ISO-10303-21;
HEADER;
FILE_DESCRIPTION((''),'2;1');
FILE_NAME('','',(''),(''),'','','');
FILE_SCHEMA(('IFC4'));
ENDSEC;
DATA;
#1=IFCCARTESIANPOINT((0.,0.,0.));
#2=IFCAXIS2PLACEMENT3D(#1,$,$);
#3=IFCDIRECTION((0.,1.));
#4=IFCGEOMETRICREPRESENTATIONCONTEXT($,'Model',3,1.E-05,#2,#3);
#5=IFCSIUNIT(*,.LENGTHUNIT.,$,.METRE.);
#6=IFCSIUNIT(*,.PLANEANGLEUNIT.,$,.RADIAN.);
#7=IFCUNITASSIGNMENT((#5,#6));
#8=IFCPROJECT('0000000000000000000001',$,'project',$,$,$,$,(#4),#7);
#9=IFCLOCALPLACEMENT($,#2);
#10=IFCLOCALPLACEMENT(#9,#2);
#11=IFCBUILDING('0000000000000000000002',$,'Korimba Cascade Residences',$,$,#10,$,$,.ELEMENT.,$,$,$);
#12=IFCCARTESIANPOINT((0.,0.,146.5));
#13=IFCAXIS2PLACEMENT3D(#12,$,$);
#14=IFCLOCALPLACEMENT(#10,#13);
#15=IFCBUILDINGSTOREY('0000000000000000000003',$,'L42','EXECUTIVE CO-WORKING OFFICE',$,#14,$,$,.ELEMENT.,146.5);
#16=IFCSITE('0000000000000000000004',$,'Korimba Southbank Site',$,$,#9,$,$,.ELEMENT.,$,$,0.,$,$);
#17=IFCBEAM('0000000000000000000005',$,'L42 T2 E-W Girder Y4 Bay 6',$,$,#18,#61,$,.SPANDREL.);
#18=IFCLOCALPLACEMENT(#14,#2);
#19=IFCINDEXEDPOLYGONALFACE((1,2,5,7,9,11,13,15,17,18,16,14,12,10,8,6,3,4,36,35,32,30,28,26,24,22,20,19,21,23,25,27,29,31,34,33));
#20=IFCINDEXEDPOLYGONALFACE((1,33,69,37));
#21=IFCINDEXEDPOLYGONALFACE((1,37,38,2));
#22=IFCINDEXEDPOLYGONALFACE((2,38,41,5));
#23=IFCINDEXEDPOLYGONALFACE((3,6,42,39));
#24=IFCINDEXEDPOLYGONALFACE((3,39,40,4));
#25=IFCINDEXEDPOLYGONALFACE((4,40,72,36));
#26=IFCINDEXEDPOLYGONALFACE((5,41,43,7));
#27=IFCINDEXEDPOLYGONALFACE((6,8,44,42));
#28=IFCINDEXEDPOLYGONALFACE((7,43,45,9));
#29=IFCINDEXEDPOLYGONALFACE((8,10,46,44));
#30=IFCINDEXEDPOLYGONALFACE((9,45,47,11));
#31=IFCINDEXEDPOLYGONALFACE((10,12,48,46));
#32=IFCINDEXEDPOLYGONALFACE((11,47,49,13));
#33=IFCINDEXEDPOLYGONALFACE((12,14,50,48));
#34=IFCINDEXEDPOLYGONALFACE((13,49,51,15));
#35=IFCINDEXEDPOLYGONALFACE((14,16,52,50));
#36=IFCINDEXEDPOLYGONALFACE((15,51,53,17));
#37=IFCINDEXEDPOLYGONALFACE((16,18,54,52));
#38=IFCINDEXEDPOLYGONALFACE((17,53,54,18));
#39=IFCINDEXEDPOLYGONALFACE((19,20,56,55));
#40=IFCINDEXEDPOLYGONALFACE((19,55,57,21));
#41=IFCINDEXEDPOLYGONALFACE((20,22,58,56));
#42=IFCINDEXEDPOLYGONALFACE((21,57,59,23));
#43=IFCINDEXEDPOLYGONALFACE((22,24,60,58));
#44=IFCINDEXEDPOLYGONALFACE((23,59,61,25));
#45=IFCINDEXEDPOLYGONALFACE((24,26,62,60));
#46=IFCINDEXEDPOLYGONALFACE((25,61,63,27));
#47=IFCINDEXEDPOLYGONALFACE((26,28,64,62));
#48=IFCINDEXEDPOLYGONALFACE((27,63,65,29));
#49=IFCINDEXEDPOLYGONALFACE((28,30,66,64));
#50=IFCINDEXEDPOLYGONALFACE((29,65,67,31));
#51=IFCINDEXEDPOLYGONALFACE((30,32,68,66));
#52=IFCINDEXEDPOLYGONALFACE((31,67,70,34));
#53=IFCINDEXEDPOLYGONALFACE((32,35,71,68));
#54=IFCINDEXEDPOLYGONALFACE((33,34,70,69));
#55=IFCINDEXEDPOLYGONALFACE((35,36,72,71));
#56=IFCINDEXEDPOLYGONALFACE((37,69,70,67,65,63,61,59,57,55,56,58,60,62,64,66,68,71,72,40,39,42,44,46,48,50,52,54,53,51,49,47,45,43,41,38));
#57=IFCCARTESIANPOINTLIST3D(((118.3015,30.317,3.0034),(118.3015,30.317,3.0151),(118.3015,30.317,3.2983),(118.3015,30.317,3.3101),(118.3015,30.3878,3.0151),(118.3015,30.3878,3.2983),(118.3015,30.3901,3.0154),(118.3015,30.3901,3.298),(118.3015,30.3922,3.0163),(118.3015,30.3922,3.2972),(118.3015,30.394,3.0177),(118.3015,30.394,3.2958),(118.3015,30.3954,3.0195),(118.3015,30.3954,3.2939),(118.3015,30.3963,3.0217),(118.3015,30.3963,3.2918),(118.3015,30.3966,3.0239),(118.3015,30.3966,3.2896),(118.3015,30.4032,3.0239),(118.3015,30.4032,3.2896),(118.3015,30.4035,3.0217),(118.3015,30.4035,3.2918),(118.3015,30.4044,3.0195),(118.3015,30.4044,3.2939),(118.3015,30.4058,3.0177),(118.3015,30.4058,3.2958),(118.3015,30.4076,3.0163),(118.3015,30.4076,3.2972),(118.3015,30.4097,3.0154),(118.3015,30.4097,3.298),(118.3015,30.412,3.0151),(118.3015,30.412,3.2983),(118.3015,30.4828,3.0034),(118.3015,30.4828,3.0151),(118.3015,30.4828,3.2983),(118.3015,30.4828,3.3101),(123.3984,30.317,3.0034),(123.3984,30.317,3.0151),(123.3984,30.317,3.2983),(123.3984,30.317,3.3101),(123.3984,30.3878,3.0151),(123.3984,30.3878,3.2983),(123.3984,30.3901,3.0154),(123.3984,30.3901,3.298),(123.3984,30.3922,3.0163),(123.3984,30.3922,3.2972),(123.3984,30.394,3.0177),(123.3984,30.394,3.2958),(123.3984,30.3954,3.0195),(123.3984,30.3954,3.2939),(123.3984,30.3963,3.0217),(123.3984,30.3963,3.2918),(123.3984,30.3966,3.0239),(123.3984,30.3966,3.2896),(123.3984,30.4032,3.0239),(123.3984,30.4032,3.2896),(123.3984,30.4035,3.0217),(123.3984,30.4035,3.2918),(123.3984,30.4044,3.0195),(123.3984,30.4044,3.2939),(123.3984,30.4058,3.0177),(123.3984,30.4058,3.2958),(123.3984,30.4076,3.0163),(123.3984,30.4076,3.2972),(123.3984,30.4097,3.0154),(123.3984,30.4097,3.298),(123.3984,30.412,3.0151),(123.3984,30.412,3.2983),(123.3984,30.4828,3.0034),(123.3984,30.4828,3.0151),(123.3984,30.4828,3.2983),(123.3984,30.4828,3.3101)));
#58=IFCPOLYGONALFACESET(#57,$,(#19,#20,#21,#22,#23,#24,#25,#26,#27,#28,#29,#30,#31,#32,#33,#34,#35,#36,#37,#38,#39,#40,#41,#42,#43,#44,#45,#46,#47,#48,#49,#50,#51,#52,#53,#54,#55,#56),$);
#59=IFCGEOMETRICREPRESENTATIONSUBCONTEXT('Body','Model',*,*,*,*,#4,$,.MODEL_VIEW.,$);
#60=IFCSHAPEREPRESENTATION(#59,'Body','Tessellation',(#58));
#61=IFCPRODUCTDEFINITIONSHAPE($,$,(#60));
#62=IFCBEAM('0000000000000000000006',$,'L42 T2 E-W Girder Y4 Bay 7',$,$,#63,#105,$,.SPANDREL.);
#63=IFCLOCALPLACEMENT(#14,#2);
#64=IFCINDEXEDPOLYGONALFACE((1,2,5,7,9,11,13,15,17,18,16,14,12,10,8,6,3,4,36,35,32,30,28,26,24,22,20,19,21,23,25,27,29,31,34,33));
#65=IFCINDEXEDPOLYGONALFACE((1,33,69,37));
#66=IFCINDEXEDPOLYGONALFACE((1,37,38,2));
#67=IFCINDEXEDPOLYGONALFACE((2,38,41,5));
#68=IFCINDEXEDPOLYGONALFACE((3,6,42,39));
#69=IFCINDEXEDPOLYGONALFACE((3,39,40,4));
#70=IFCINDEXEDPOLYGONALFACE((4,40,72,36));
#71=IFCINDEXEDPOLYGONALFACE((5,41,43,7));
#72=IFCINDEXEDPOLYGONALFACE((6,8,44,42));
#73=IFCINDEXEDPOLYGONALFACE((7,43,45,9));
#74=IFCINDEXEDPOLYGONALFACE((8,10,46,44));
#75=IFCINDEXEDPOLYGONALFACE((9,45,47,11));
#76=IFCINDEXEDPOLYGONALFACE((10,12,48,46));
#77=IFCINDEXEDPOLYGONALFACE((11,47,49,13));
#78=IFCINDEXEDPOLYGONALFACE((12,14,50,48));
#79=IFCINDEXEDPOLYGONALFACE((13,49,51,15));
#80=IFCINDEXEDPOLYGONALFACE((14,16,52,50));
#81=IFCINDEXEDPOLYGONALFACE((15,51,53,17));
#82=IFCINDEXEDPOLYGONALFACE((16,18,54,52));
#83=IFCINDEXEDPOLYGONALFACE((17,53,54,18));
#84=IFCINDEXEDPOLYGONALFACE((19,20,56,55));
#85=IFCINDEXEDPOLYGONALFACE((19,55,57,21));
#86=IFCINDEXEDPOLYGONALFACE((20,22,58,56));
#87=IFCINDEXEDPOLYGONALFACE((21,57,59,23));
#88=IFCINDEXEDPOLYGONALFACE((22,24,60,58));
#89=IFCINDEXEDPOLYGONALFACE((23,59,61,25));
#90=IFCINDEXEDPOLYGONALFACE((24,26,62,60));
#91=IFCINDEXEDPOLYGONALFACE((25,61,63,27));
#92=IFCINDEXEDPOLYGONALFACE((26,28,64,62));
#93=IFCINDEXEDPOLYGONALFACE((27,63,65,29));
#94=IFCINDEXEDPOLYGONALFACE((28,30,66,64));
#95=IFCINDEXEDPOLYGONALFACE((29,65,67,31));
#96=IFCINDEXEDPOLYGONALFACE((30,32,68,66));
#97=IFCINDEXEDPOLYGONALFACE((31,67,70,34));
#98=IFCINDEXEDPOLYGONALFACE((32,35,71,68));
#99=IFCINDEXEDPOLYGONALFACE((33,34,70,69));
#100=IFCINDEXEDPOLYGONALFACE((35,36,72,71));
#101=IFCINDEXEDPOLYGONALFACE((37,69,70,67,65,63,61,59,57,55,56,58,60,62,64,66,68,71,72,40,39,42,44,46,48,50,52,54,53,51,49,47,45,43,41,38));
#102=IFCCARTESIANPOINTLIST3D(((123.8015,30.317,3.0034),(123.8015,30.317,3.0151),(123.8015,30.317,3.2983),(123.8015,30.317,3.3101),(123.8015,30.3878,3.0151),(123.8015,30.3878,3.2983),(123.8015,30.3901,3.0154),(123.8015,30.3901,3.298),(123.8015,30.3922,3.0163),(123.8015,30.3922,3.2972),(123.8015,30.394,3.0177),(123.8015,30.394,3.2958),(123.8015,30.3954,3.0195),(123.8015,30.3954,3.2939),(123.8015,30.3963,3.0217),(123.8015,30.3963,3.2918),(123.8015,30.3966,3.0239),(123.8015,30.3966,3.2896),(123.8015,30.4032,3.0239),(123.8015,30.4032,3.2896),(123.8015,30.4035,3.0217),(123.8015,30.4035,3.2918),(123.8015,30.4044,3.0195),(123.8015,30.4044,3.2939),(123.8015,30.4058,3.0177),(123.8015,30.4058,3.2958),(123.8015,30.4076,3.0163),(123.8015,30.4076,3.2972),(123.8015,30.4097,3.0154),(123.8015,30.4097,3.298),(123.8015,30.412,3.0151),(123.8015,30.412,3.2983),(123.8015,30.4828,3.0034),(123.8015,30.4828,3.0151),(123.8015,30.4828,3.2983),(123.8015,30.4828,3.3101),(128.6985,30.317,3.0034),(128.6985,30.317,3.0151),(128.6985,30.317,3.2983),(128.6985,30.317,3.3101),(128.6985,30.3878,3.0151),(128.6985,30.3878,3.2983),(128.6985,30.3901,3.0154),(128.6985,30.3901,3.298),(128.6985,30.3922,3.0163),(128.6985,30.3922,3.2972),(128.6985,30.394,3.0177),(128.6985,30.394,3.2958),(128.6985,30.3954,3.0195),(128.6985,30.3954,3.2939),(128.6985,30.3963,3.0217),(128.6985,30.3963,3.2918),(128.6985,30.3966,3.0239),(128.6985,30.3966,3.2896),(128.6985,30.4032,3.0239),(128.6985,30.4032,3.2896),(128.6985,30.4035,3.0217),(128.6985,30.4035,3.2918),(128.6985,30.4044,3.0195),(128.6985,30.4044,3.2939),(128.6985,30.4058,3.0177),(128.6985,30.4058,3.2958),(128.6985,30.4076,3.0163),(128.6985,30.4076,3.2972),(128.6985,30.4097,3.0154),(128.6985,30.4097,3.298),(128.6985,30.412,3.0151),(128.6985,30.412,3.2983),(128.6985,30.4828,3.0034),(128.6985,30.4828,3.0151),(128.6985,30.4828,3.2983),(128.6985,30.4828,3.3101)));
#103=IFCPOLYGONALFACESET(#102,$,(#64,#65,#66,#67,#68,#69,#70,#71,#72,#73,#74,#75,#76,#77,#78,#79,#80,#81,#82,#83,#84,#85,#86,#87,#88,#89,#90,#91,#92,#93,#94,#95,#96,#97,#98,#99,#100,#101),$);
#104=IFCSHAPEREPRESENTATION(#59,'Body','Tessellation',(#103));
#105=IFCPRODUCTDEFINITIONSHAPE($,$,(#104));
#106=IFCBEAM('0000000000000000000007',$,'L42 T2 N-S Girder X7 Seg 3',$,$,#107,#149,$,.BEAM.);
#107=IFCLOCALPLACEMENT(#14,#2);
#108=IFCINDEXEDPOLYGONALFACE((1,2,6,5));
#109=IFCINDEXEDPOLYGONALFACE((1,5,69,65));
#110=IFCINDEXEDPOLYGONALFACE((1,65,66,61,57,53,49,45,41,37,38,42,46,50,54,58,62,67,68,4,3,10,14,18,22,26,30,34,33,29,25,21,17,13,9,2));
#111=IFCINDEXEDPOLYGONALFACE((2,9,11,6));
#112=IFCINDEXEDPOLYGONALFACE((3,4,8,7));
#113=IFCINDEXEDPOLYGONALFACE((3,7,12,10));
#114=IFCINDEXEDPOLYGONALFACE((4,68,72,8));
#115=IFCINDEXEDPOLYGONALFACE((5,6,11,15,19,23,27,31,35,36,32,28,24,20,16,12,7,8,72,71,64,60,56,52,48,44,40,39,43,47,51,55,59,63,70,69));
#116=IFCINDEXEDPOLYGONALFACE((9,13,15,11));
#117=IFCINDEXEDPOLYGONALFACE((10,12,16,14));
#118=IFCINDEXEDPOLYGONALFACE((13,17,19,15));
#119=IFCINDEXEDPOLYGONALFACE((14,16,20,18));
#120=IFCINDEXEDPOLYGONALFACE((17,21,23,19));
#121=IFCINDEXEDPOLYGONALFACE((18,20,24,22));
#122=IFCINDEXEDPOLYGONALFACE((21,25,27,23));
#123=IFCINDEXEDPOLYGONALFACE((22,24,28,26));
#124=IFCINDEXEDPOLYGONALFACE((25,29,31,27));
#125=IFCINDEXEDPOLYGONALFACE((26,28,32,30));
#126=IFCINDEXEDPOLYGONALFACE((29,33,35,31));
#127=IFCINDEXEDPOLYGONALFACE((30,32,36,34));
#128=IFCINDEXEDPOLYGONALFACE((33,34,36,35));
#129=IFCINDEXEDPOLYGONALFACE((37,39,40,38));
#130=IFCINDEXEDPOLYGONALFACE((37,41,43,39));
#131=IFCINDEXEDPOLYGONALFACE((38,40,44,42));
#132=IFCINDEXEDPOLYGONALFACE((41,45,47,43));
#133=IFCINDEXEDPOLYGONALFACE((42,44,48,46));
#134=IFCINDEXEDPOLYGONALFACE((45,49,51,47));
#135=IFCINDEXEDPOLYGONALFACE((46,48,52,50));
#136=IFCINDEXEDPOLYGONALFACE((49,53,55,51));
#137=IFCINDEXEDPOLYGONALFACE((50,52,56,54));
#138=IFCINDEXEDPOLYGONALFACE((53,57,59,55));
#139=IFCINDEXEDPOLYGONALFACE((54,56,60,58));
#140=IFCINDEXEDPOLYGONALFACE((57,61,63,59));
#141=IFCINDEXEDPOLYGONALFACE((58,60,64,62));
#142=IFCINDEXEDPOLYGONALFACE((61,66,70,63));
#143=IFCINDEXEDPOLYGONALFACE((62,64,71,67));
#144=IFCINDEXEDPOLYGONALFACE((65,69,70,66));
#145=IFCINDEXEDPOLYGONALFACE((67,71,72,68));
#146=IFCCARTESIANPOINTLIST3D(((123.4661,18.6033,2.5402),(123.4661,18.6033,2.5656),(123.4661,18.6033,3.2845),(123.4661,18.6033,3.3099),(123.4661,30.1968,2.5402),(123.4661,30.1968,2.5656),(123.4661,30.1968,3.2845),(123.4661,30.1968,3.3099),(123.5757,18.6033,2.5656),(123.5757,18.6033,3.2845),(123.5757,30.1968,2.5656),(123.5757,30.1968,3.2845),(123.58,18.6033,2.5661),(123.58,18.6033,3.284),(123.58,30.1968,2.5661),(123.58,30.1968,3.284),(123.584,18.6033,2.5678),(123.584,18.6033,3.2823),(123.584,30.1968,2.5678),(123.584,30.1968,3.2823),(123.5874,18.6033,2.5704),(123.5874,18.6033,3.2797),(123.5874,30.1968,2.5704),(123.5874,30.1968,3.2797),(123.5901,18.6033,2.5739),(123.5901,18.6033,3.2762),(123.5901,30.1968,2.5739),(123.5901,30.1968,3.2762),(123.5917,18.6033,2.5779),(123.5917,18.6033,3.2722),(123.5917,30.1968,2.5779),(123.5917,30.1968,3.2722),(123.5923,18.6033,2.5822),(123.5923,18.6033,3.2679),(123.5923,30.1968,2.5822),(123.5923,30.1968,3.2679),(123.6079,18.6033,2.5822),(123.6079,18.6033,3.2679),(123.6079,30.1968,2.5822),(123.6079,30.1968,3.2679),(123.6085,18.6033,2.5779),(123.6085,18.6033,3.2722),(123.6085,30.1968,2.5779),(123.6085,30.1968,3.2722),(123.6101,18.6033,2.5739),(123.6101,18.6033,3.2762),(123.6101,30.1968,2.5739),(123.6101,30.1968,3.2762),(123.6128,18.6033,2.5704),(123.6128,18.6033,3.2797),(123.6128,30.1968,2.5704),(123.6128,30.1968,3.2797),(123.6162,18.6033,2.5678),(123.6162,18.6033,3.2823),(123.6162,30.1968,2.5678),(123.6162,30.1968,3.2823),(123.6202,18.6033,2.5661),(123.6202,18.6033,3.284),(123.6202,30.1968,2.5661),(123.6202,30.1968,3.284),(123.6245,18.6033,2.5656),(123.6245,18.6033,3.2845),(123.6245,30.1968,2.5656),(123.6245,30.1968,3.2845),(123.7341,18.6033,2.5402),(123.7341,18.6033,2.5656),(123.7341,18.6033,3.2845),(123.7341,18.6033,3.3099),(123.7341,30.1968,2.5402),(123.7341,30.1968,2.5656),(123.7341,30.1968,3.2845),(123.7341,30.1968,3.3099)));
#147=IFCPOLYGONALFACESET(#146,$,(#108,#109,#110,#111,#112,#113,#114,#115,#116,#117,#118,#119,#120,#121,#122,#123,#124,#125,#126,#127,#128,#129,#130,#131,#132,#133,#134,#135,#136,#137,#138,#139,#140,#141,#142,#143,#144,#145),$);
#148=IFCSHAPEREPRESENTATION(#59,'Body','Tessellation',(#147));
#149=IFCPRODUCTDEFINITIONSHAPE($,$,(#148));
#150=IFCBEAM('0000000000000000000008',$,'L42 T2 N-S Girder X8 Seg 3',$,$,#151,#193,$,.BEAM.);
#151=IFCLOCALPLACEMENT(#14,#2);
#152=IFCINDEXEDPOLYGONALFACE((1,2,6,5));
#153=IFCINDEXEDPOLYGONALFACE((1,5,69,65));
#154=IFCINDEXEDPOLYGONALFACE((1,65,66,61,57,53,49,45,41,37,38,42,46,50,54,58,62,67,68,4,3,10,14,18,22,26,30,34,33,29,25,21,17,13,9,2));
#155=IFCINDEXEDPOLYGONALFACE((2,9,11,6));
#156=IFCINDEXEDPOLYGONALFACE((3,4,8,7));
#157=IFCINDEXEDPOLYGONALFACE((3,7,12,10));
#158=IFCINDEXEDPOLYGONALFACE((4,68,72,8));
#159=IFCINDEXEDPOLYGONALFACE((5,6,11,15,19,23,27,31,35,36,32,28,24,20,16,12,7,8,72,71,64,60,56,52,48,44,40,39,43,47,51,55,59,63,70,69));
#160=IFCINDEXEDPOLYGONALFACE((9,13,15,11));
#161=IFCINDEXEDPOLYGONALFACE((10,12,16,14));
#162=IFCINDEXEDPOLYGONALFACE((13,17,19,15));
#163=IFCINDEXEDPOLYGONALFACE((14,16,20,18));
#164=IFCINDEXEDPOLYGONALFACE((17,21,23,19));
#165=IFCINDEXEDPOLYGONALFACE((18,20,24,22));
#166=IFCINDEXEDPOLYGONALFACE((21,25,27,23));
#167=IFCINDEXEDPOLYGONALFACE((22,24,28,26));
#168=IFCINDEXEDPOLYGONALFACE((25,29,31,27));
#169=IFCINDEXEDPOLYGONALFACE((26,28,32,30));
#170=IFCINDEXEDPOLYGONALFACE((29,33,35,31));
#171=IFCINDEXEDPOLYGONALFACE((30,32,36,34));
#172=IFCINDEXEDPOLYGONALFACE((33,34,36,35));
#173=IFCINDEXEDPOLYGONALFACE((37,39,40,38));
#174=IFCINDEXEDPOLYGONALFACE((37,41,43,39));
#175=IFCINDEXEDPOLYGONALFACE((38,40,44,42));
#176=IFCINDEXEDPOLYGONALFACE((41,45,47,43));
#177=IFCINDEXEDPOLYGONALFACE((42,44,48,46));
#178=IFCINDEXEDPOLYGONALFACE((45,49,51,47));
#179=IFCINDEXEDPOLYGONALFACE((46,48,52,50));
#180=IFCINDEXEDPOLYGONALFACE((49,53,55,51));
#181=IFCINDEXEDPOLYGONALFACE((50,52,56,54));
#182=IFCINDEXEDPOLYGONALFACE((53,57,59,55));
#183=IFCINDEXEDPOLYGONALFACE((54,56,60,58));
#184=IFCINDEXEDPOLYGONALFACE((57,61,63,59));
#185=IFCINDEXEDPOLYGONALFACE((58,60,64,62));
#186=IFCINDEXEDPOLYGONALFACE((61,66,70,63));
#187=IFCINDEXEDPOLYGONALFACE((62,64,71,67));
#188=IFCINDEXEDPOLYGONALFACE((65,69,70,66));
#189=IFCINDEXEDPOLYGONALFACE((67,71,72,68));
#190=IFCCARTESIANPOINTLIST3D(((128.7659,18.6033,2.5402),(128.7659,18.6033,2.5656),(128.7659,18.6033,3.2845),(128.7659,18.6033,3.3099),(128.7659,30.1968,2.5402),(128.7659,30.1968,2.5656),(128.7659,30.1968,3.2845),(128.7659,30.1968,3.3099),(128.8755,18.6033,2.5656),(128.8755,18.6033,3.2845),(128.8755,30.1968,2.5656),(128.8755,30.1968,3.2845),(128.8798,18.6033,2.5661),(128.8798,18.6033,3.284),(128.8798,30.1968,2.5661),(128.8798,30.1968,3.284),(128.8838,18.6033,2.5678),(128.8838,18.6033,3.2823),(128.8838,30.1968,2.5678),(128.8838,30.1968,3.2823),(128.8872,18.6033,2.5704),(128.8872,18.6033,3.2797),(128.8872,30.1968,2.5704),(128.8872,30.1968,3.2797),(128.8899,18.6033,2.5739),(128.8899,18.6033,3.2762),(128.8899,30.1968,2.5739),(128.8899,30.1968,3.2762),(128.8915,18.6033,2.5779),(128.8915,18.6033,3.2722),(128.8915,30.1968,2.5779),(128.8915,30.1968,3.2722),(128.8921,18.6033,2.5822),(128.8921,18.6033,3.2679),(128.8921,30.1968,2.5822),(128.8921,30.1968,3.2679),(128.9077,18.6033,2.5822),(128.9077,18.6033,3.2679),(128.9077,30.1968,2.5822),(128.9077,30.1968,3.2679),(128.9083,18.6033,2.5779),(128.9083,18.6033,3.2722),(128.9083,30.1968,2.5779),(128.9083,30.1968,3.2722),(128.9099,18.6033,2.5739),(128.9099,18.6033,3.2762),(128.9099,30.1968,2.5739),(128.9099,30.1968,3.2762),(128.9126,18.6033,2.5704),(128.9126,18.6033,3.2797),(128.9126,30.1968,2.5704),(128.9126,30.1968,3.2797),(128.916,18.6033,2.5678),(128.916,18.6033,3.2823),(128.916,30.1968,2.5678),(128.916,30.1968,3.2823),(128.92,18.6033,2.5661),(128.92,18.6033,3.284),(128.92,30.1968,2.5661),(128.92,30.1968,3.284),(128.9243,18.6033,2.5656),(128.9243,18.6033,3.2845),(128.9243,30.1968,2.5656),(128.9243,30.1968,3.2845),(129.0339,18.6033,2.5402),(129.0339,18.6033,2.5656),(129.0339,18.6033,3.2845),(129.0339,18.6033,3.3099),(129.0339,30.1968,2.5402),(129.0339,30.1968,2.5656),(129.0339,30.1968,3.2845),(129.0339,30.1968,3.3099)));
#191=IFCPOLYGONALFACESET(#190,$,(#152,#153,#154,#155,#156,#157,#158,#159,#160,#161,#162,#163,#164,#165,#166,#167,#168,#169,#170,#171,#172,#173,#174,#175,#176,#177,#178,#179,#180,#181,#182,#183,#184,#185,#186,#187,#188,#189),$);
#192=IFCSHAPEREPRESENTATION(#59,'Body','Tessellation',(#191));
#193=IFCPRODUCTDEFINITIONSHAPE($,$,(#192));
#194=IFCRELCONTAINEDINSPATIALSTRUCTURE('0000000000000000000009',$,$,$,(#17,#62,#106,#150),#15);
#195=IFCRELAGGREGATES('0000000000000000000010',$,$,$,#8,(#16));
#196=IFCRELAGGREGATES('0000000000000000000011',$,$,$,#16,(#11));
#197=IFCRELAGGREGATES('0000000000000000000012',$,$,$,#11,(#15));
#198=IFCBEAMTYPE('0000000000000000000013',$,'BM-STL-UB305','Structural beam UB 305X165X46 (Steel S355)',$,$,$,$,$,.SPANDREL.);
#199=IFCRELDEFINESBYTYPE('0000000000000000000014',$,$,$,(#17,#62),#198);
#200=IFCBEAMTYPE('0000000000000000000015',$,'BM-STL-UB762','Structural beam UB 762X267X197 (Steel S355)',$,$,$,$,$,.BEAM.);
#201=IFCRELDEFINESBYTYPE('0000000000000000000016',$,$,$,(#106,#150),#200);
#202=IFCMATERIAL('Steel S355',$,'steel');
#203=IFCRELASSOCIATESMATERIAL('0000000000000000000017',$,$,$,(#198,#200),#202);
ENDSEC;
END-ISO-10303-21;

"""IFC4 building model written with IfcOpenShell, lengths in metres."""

from ifc_helpers import new_model, si_unit, direction, frame, origin, origin_2d, place, context, subcontext, project, spatial, i_section, extrude, material, material_profile, profile_set, type_object, element, save


model = new_model("IFC4")

# Units and contexts
model_context = context("Model", 3, precision=1e-05, world=origin(), true_north=direction((0.0, 1.0)))
body_context = subcontext(model_context, "Body", "Model", "MODEL_VIEW")
ifc_project = project(units=[si_unit("LENGTHUNIT", "METRE"), si_unit("PLANEANGLEUNIT", "RADIAN")], contexts=[model_context])

# Site, building, storey
site_placement = place(None, origin())
site = spatial("IfcSite", under=ifc_project, at=site_placement, Name="Korimba Southbank Site", CompositionType="ELEMENT", RefElevation=0.0)
building_placement = place(site_placement, origin())
building = spatial("IfcBuilding", under=site, at=building_placement, Name="Korimba Cascade Residences", CompositionType="ELEMENT")
storey_placement = place(building_placement, frame((0.0, 0.0, 146.5)))
storey = spatial("IfcBuildingStorey", under=building, at=storey_placement, Name="L42", Description="EXECUTIVE CO-WORKING OFFICE", CompositionType="ELEMENT", Elevation=146.5)

# Beams
ifc_material_1 = material(Name="Steel S355", Category="steel")
ifc_material_profile_1 = material_profile(ifc_material_1, i_section(OverallWidth=0.1658, OverallDepth=0.3066, WebThickness=0.0066, FlangeThickness=0.0117, FilletRadius=0.0088, at=origin_2d()), Name="Steel S355")
ifc_profile_set_1 = profile_set([ifc_material_profile_1], Name="Steel S355")
beam_type_1 = type_object("IfcBeamType", Name="BM-STL-UB305", Description="Structural beam UB 305X165X46 (Steel S355)", PredefinedType="SPANDREL", material=ifc_profile_set_1)
beam_1_placement = place(storey_placement, frame((118.3015, 30.3999, 3.1567), z_axis=(1.0, 0.0, 0.0), x_axis=(0.0, 1.0, 0.0)))
element("IfcBeam", 1, at=beam_1_placement, inside=storey, type_object=beam_type_1, Name="L42 T2 E-W Girder Y4 Bay 6", PredefinedType="SPANDREL", context=body_context, shape_type="SweptSolid", body=[
    extrude(i_section(OverallWidth=0.1658, OverallDepth=0.3066, WebThickness=0.0066, FlangeThickness=0.0117, FilletRadius=0.0088, at=origin_2d()), origin(), (0.0, 0.0, 1.0), 5.0969),
])
beam_2_placement = place(storey_placement, frame((123.8015, 30.3999, 3.1567), z_axis=(1.0, 0.0, 0.0), x_axis=(0.0, 1.0, 0.0)))
element("IfcBeam", 2, at=beam_2_placement, inside=storey, type_object=beam_type_1, Name="L42 T2 E-W Girder Y4 Bay 7", PredefinedType="SPANDREL", context=body_context, shape_type="SweptSolid", body=[
    extrude(i_section(OverallWidth=0.1658, OverallDepth=0.3066, WebThickness=0.0066, FlangeThickness=0.0117, FilletRadius=0.0088, at=origin_2d()), origin(), (0.0, 0.0, 1.0), 4.897),
])
ifc_material_profile_2 = material_profile(ifc_material_1, i_section(OverallWidth=0.2681, OverallDepth=0.7698, WebThickness=0.0156, FlangeThickness=0.0254, FilletRadius=0.0166, at=origin_2d()), Name="Steel S355")
ifc_profile_set_2 = profile_set([ifc_material_profile_2], Name="Steel S355")
beam_type_2 = type_object("IfcBeamType", Name="BM-STL-UB762", Description="Structural beam UB 762X267X197 (Steel S355)", PredefinedType="BEAM", material=ifc_profile_set_2)
for number, where, z_axis, x_axis, name in (
    (3, (123.6001, 18.6033, 2.925), (0.0, 1.0, 0.0), (-1.0, 0.0, 0.0), "L42 T2 N-S Girder X7 Seg 3"),
    (4, (128.8999, 18.6033, 2.925), (0.0, 1.0, 0.0), (-1.0, 0.0, 0.0), "L42 T2 N-S Girder X8 Seg 3"),
):
    element("IfcBeam", number, at=place(storey_placement, frame(where, z_axis=z_axis, x_axis=x_axis)), inside=storey, type_object=beam_type_2, Name=name, PredefinedType="BEAM", context=body_context, shape_type="SweptSolid", body=[
        extrude(i_section(OverallWidth=0.2681, OverallDepth=0.7698, WebThickness=0.0156, FlangeThickness=0.0254, FilletRadius=0.0166, at=origin_2d()), origin(), (0.0, 0.0, 1.0), 11.5935),
    ])

save(model, "model.ifc")
